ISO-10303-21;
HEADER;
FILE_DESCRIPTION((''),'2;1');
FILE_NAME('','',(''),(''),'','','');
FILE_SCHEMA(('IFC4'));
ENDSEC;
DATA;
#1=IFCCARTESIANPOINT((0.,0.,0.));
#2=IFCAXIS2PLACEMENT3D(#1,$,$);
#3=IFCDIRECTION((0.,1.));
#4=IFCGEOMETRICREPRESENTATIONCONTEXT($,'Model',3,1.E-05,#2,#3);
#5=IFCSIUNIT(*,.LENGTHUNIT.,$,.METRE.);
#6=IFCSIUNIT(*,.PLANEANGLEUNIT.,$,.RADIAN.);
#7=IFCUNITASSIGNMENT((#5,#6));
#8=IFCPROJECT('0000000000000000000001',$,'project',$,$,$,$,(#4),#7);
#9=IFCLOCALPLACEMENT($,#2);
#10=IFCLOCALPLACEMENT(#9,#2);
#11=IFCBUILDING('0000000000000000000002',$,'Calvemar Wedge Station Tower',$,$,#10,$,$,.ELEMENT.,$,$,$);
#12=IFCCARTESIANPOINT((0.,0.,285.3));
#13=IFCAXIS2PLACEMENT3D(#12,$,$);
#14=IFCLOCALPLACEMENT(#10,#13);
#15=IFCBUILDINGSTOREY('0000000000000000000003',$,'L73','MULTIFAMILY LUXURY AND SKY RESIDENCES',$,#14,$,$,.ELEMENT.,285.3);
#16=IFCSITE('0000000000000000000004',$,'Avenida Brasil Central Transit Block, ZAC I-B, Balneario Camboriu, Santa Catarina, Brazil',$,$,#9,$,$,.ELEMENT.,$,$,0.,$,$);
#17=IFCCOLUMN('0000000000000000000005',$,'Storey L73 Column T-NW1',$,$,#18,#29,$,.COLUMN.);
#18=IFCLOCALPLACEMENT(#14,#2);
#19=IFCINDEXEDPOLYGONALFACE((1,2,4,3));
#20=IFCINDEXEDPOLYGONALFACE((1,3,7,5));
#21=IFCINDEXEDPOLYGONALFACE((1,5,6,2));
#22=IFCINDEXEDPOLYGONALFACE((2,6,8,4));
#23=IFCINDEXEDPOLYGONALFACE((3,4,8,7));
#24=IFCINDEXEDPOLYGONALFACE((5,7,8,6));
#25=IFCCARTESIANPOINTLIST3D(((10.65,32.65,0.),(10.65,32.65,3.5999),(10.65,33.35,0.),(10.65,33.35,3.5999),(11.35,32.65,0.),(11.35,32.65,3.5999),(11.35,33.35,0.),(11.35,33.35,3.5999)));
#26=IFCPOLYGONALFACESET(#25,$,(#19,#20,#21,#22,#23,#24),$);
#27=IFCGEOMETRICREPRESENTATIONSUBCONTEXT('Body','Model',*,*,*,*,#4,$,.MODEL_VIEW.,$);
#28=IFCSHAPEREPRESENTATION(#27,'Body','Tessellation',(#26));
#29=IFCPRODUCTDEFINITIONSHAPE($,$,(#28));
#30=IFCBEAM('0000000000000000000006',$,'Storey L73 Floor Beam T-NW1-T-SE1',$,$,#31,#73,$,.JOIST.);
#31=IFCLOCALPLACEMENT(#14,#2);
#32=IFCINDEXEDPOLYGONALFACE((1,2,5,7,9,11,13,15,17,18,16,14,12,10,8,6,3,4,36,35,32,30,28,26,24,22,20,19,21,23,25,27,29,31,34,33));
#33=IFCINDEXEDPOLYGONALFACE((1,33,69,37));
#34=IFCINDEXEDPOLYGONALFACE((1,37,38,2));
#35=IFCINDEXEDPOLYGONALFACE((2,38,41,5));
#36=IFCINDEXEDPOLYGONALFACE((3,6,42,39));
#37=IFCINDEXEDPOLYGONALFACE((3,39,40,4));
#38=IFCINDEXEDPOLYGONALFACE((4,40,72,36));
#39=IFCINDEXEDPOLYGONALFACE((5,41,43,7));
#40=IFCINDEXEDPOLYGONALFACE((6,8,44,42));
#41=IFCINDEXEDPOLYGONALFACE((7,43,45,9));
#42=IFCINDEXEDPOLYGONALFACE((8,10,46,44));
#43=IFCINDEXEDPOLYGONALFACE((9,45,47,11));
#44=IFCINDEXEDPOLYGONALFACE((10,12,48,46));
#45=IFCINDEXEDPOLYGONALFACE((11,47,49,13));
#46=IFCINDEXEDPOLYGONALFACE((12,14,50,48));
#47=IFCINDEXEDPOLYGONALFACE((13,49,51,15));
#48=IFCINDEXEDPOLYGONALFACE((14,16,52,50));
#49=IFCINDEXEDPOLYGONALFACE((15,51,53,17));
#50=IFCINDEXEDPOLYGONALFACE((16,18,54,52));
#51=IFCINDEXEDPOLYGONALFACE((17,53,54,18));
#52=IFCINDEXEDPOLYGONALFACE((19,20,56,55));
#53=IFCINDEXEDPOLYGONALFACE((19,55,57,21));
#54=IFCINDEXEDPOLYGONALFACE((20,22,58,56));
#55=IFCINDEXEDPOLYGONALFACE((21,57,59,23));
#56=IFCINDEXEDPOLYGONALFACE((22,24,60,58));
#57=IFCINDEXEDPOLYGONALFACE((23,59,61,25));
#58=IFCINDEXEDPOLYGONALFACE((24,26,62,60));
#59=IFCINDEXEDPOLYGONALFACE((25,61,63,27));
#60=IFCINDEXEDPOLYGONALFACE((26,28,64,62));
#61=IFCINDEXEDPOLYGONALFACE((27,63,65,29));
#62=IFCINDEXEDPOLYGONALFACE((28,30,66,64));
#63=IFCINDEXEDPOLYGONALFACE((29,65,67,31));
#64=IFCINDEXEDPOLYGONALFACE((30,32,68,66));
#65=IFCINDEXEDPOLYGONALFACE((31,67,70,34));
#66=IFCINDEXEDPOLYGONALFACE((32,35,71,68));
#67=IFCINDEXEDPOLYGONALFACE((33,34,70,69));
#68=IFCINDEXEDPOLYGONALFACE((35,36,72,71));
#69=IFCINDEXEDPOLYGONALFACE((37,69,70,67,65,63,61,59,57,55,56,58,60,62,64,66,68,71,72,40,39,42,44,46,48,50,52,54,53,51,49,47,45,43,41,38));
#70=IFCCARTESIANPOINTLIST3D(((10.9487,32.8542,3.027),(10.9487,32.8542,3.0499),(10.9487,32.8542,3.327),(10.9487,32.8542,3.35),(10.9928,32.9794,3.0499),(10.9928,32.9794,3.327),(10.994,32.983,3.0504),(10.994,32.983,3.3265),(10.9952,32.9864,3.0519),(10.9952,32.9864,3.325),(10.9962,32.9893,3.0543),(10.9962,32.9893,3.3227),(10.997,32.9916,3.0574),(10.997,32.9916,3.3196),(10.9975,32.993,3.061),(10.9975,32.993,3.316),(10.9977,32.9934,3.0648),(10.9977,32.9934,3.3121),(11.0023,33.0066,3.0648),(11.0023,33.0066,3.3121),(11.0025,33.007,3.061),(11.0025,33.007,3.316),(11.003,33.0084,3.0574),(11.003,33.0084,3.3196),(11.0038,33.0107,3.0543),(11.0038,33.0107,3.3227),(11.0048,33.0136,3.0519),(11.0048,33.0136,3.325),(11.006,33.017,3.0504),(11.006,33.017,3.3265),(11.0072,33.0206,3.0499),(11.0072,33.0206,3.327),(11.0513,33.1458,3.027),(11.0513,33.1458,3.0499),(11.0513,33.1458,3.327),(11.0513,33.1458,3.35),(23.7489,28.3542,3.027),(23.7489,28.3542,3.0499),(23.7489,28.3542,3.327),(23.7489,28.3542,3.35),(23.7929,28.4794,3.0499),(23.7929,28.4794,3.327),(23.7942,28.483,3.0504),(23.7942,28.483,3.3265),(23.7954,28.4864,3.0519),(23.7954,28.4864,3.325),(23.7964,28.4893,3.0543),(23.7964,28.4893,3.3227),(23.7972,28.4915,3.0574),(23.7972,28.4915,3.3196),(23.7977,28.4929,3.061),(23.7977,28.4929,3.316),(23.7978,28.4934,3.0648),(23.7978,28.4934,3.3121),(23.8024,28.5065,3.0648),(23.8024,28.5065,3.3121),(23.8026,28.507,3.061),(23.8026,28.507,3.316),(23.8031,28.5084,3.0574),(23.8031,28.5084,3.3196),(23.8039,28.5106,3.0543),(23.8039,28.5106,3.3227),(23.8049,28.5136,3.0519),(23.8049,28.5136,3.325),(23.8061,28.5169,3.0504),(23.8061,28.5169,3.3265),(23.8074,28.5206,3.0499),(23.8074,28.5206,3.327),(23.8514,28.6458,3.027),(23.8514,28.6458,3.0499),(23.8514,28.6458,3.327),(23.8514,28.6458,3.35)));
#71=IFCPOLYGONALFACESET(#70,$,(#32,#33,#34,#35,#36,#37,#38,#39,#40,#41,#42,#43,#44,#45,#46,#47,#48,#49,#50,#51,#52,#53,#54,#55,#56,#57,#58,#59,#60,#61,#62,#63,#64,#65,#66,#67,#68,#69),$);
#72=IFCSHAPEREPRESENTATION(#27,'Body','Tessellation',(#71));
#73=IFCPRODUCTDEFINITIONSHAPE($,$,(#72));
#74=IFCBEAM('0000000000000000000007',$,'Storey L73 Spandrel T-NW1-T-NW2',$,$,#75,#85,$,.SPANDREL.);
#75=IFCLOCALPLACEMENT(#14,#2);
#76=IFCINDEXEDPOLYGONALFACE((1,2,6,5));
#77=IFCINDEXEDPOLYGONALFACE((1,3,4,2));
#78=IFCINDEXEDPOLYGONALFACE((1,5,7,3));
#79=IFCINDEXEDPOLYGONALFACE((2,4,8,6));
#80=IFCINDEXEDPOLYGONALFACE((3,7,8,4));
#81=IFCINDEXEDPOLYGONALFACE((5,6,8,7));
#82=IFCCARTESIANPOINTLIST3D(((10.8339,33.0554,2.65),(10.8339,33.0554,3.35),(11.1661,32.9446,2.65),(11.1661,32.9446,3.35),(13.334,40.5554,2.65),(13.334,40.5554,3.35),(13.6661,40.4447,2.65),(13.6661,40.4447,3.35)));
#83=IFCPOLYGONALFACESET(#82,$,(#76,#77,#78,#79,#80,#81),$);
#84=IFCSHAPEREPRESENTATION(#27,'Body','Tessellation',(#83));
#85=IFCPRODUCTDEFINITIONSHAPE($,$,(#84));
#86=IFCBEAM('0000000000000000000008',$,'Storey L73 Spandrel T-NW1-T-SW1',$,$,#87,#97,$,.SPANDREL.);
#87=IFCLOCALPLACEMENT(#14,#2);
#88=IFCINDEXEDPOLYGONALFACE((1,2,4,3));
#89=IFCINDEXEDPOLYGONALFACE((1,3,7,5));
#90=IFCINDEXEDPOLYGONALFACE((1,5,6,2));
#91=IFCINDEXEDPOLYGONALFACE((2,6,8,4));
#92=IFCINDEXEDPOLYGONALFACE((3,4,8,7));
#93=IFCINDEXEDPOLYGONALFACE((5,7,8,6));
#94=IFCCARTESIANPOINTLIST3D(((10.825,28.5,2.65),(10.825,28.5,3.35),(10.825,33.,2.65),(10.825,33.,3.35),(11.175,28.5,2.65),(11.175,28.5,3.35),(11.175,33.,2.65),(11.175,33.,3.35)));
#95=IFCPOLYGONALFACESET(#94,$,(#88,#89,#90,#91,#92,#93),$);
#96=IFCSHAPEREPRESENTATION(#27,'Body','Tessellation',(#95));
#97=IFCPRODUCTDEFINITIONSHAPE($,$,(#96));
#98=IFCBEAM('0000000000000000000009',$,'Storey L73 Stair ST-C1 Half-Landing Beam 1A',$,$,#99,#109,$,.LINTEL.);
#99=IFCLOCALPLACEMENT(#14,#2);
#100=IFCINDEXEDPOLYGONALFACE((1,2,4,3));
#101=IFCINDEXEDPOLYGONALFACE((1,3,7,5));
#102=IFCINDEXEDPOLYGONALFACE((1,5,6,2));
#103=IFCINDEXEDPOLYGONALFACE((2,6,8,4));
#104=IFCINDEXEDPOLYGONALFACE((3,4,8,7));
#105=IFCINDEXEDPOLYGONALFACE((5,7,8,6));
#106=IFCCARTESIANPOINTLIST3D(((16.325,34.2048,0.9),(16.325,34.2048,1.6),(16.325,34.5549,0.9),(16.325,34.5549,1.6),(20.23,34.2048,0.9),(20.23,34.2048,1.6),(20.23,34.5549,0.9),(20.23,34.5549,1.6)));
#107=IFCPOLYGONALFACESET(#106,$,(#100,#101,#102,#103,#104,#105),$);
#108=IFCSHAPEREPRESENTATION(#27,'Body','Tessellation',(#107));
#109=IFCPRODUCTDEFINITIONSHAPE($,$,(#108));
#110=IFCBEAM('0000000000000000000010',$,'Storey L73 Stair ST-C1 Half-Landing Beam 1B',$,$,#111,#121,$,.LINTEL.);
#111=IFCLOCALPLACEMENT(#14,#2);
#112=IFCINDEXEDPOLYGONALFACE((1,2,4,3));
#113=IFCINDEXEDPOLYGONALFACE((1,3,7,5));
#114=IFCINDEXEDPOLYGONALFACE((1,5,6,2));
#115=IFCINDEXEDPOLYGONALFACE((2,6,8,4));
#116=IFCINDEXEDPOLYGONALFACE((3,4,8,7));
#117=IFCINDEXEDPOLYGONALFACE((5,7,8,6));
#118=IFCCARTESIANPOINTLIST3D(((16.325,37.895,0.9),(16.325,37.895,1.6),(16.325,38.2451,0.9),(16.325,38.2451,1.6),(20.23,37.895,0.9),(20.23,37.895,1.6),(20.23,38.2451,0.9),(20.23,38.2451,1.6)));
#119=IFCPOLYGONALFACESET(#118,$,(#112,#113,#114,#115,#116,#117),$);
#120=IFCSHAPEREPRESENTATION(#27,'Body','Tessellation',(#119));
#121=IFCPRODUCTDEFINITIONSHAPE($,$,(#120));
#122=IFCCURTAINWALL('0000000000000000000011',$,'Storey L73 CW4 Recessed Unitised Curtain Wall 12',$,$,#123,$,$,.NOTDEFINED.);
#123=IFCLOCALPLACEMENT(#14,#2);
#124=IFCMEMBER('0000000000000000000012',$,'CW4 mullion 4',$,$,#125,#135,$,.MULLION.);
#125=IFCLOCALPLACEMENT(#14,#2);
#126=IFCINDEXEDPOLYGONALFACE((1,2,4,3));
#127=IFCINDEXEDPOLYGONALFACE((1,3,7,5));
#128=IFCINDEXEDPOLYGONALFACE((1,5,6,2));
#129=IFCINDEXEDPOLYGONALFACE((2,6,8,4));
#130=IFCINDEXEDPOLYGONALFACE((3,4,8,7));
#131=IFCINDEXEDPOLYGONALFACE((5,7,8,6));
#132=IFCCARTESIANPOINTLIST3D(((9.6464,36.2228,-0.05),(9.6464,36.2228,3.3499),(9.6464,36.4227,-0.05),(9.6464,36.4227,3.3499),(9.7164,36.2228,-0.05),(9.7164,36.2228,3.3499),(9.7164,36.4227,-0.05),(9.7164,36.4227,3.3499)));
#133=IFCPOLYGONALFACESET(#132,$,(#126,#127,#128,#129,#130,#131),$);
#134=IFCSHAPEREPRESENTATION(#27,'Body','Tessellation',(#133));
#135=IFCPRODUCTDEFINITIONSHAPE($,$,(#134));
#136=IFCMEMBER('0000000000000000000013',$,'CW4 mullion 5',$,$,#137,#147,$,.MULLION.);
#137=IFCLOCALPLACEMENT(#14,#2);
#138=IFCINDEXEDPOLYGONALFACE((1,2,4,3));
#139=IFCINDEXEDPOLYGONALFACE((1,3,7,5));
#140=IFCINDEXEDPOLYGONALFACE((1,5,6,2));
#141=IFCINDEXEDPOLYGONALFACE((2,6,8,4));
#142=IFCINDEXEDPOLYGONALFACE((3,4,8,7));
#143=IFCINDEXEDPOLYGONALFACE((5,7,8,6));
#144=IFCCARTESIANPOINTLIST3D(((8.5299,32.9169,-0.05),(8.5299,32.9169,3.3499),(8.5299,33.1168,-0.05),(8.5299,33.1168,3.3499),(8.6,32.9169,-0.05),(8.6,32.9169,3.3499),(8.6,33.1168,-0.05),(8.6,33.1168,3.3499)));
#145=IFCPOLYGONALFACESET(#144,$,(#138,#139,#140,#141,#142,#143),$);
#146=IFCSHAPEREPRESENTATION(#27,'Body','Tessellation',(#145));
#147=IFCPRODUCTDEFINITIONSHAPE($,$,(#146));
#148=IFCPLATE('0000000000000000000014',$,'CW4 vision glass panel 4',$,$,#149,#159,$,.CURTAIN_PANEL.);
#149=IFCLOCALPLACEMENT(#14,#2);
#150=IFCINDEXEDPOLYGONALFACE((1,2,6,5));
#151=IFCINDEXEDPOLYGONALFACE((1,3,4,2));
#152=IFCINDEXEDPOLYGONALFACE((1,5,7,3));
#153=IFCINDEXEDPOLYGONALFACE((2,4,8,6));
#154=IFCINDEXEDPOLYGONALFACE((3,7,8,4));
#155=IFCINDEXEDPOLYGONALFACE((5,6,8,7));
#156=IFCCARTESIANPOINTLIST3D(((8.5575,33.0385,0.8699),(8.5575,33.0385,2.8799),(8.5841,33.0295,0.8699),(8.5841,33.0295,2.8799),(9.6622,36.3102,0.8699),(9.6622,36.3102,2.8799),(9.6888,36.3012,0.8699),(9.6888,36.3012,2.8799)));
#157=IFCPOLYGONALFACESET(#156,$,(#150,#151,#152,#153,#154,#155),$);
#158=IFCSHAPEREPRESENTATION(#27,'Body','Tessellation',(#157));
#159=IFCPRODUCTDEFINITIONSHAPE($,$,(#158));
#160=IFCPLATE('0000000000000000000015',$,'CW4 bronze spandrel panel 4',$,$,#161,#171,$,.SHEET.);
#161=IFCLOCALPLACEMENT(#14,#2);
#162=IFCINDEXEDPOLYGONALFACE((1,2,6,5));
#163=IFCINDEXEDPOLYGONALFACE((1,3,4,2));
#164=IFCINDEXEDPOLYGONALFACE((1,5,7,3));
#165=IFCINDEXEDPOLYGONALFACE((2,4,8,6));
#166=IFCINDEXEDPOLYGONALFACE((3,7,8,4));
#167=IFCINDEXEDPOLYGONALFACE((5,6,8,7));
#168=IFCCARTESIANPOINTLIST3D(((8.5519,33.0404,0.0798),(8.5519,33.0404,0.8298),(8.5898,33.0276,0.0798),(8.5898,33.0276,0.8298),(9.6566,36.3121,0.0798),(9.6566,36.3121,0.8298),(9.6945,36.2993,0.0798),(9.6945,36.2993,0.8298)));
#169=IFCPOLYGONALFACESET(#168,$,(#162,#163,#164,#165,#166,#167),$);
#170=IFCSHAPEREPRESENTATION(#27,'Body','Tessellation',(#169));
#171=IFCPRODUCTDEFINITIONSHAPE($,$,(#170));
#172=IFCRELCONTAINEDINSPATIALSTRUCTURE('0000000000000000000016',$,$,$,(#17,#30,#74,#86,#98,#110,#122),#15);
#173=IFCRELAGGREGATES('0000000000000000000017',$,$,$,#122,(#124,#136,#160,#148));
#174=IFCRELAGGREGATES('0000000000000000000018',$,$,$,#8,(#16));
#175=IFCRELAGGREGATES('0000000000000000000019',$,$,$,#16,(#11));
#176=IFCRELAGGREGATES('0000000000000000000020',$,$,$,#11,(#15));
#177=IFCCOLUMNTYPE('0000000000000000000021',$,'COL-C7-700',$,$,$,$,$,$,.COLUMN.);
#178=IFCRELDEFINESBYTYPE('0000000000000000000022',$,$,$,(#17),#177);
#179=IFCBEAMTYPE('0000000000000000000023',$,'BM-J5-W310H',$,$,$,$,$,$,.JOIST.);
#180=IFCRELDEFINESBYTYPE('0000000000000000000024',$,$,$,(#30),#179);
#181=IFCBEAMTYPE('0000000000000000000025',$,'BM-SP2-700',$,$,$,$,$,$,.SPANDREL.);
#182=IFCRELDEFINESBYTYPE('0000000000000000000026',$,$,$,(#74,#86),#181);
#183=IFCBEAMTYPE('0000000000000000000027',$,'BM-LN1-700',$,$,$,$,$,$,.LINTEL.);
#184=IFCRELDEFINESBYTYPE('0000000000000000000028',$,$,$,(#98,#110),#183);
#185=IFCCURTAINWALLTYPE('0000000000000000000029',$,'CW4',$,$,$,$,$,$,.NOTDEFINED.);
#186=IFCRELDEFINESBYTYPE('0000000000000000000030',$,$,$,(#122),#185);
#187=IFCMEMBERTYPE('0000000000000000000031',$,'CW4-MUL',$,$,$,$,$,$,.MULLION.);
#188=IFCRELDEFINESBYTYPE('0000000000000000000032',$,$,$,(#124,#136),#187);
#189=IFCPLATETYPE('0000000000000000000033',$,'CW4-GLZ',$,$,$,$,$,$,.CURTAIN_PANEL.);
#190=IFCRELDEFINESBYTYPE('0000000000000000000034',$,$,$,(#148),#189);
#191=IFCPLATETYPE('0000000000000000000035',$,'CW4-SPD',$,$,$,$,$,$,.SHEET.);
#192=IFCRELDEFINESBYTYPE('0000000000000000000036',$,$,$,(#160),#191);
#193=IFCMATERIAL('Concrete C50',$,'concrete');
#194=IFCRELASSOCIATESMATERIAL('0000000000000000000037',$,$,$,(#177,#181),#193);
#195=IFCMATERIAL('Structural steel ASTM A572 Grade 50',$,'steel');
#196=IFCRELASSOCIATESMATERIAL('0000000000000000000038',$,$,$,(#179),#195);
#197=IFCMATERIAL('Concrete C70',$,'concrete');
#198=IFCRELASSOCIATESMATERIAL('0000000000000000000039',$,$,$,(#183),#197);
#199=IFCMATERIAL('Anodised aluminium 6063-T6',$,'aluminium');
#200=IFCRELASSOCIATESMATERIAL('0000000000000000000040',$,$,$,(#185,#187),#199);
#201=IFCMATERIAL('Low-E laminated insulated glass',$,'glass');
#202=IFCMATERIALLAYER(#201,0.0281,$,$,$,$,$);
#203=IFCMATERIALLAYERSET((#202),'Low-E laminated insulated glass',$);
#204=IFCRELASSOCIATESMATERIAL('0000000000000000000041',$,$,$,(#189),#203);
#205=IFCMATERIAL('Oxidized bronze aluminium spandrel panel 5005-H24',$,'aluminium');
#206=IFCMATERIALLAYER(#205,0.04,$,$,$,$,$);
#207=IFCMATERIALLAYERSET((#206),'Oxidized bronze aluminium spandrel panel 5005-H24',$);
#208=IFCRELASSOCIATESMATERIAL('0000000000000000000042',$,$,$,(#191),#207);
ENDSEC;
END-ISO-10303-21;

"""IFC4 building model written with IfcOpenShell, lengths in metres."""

from ifc_helpers import new_model, si_unit, direction, frame, frame_2d, origin, origin_2d, place, context, subcontext, project, spatial, rectangle, i_section, extrude, source, transform, mapped, material, layer, layer_set, material_profile, profile_set, type_object, element, aggregate, save


model = new_model("IFC4")

# Units and contexts
model_context = context("Model", 3, precision=1e-05, world=origin(), true_north=direction((0.0, 1.0)))
body_context = subcontext(model_context, "Body", "Model", "MODEL_VIEW")
ifc_project = project(units=[si_unit("LENGTHUNIT", "METRE"), si_unit("PLANEANGLEUNIT", "RADIAN")], contexts=[model_context])

# Site, building, storey
site_placement = place(None, origin())
site = spatial("IfcSite", under=ifc_project, at=site_placement, Name="Avenida Brasil Central Transit Block, ZAC I-B, Balneario Camboriu, Santa Catarina, Brazil", CompositionType="ELEMENT", RefElevation=0.0)
building_placement = place(site_placement, origin())
building = spatial("IfcBuilding", under=site, at=building_placement, Name="Calvemar Wedge Station Tower", CompositionType="ELEMENT")
storey_placement = place(building_placement, frame((0.0, 0.0, 285.3)))
storey = spatial("IfcBuildingStorey", under=building, at=storey_placement, Name="L73", Description="MULTIFAMILY LUXURY AND SKY RESIDENCES", CompositionType="ELEMENT", Elevation=285.3)

# Column
ifc_material_1 = material(Name="Concrete C50", Category="concrete")
ifc_material_profile_1 = material_profile(ifc_material_1, rectangle(XDim=0.7, YDim=0.7, at=origin_2d()), Name="RC700x700")
ifc_profile_set_1 = profile_set([ifc_material_profile_1], Name="Concrete C50")
column_type = type_object("IfcColumnType", Name="COL-C7-700", PredefinedType="COLUMN", material=ifc_profile_set_1)
shared_shape_1 = source(origin(), body_context, "Body", "SweptSolid", [
    extrude(rectangle(XDim=0.7, YDim=0.7, at=origin_2d()), origin(), (0.0, 0.0, 1.0), 3.5999),
])
column_placement = place(storey_placement, frame((11.0, 33.0, 0.0), z_axis=(0.0, 0.0, 1.0), x_axis=(1.0, 0.0, 0.0)))
element("IfcColumn", 1, at=column_placement, inside=storey, type_object=column_type, Name="Storey L73 Column T-NW1", PredefinedType="COLUMN", context=body_context, shape_type="MappedRepresentation", body=[
    mapped(shared_shape_1, transform((0.0, 0.0, 0.0), scale=1.0)),
])

# Beams
ifc_material_2 = material(Name="Structural steel ASTM A572 Grade 50", Category="steel")
ifc_material_profile_2 = material_profile(ifc_material_2, i_section(OverallWidth=0.3091, OverallDepth=0.323, WebThickness=0.0139, FlangeThickness=0.0229, FilletRadius=0.0149, at=origin_2d()), Name="W310x143")
ifc_profile_set_2 = profile_set([ifc_material_profile_2], Name="Structural steel ASTM A572 Grade 50")
beam_type_1 = type_object("IfcBeamType", Name="BM-J5-W310H", PredefinedType="JOIST", material=ifc_profile_set_2)
shared_shape_2 = source(origin(), body_context, "Body", "SweptSolid", [
    extrude(i_section(OverallWidth=0.3091, OverallDepth=0.323, WebThickness=0.0139, FlangeThickness=0.0229, FilletRadius=0.0149, at=origin_2d()), origin(), (0.0, 0.0, 1.0), 13.5681),
])
beam_1_placement = place(storey_placement, frame((11.0, 33.0, 3.1885), z_axis=(0.943398, -0.331662, 0.0), x_axis=(0.331662, 0.943398, 0.0)))
element("IfcBeam", 2, at=beam_1_placement, inside=storey, type_object=beam_type_1, Name="Storey L73 Floor Beam T-NW1-T-SE1", PredefinedType="JOIST", context=body_context, shape_type="MappedRepresentation", body=[
    mapped(shared_shape_2, transform((0.0, 0.0, 0.0), scale=1.0)),
])
ifc_material_profile_3 = material_profile(ifc_material_1, rectangle(XDim=0.3501, YDim=0.7, at=origin_2d()), Name="RC350x700")
ifc_profile_set_3 = profile_set([ifc_material_profile_3], Name="Concrete C50")
beam_type_2 = type_object("IfcBeamType", Name="BM-SP2-700", PredefinedType="SPANDREL", material=ifc_profile_set_3)
shared_shape_3 = source(origin(), body_context, "Body", "SweptSolid", [
    extrude(rectangle(XDim=0.3501, YDim=0.7, at=origin_2d()), origin(), (0.0, 0.0, 1.0), 7.9058),
])
beam_2_placement = place(storey_placement, frame((11.0, 33.0, 3.0), z_axis=(0.316228, 0.948683, 0.0), x_axis=(-0.948683, 0.316228, 0.0)))
element("IfcBeam", 3, at=beam_2_placement, inside=storey, type_object=beam_type_2, Name="Storey L73 Spandrel T-NW1-T-NW2", PredefinedType="SPANDREL", context=body_context, shape_type="MappedRepresentation", body=[
    mapped(shared_shape_3, transform((0.0, 0.0, 0.0), scale=1.0)),
])
shared_shape_4 = source(origin(), body_context, "Body", "SweptSolid", [
    extrude(rectangle(XDim=0.3501, YDim=0.7, at=origin_2d()), origin(), (0.0, 0.0, 1.0), 4.5),
])
beam_3_placement = place(storey_placement, frame((11.0, 33.0, 3.0), z_axis=(0.0, -1.0, 0.0), x_axis=(1.0, 0.0, 0.0)))
element("IfcBeam", 4, at=beam_3_placement, inside=storey, type_object=beam_type_2, Name="Storey L73 Spandrel T-NW1-T-SW1", PredefinedType="SPANDREL", context=body_context, shape_type="MappedRepresentation", body=[
    mapped(shared_shape_4, transform((0.0, 0.0, 0.0), scale=1.0)),
])
ifc_material_3 = material(Name="Concrete C70", Category="concrete")
ifc_material_profile_4 = material_profile(ifc_material_3, rectangle(XDim=0.3501, YDim=0.7, at=origin_2d()), Name="RC350x700")
ifc_profile_set_4 = profile_set([ifc_material_profile_4], Name="Concrete C70")
beam_type_3 = type_object("IfcBeamType", Name="BM-LN1-700", PredefinedType="LINTEL", material=ifc_profile_set_4)
shared_shape_5 = source(origin(), body_context, "Body", "SweptSolid", [
    extrude(rectangle(XDim=0.3501, YDim=0.7, at=origin_2d()), origin(), (0.0, 0.0, 1.0), 3.905),
])
for number, where, z_axis, x_axis, name in (
    (5, (16.325, 34.3799, 1.25), (1.0, 0.0, 0.0), (0.0, 1.0, 0.0), "Storey L73 Stair ST-C1 Half-Landing Beam 1A"),
    (6, (16.325, 38.0701, 1.25), (1.0, 0.0, 0.0), (0.0, 1.0, 0.0), "Storey L73 Stair ST-C1 Half-Landing Beam 1B"),
):
    element("IfcBeam", number, at=place(storey_placement, frame(where, z_axis=z_axis, x_axis=x_axis)), inside=storey, type_object=beam_type_3, Name=name, PredefinedType="LINTEL", context=body_context, shape_type="MappedRepresentation", body=[
        mapped(shared_shape_5, transform((0.0, 0.0, 0.0), scale=1.0)),
    ])

# Curtain wall, members, plates
ifc_material_4 = material(Name="Anodised aluminium 6063-T6", Category="aluminium")
curtain_wall_type = type_object("IfcCurtainWallType", Name="CW4", PredefinedType="NOTDEFINED", material=ifc_material_4)
curtain_wall_placement = place(storey_placement, origin())
curtain_wall = element("IfcCurtainWall", 7, at=curtain_wall_placement, inside=storey, type_object=curtain_wall_type, Name="Storey L73 CW4 Recessed Unitised Curtain Wall 12", PredefinedType="NOTDEFINED")
ifc_material_profile_5 = material_profile(ifc_material_4, rectangle(XDim=0.0701, YDim=0.2, at=origin_2d()), Name="AL-MUL-70x200")
ifc_profile_set_5 = profile_set([ifc_material_profile_5], Name="Anodised aluminium 6063-T6")
member_type = type_object("IfcMemberType", Name="CW4-MUL", PredefinedType="MULLION", material=ifc_profile_set_5)
shared_shape_6 = source(origin(), body_context, "Body", "SweptSolid", [
    extrude(rectangle(XDim=0.0701, YDim=0.2, at=origin_2d()), origin(), (0.0, 0.0, 1.0), 3.3999),
])
member_1_placement = place(storey_placement, frame((9.6814, 36.3228, -0.05), z_axis=(0.0, 0.0, 1.0), x_axis=(1.0, 0.0, 0.0)))
member_1 = element("IfcMember", 8, at=member_1_placement, type_object=member_type, Name="CW4 mullion 4", PredefinedType="MULLION", context=body_context, shape_type="MappedRepresentation", body=[
    mapped(shared_shape_6, transform((0.0, 0.0, 0.0), scale=1.0)),
])
member_2_placement = place(storey_placement, frame((8.5649, 33.0168, -0.05), z_axis=(0.0, 0.0, 1.0), x_axis=(1.0, 0.0, 0.0)))
member_2 = element("IfcMember", 9, at=member_2_placement, type_object=member_type, Name="CW4 mullion 5", PredefinedType="MULLION", context=body_context, shape_type="MappedRepresentation", body=[
    mapped(shared_shape_6, transform((0.0, 0.0, 0.0), scale=1.0)),
])
ifc_material_5 = material(Name="Low-E laminated insulated glass", Category="glass")
ifc_layer_1 = layer(ifc_material_5, 0.0281)
ifc_layer_set_1 = layer_set([ifc_layer_1], Name="Low-E laminated insulated glass")
plate_type_1 = type_object("IfcPlateType", Name="CW4-GLZ", PredefinedType="CURTAIN_PANEL", material=ifc_layer_set_1)
plate_1_placement = place(storey_placement, frame((9.6755, 36.3057, 0.8699), z_axis=(0.0, 0.0, 1.0), x_axis=(-0.319916, -0.947446, 0.0)))
plate_1 = element("IfcPlate", 10, at=plate_1_placement, type_object=plate_type_1, Name="CW4 vision glass panel 4", PredefinedType="CURTAIN_PANEL", context=body_context, shape_type="SweptSolid", body=[
    extrude(rectangle(XDim=3.4531, YDim=0.0281, at=frame_2d((1.7266, 0.0))), origin(), (0.0, 0.0, 1.0), 2.01),
])
ifc_material_6 = material(Name="Oxidized bronze aluminium spandrel panel 5005-H24", Category="aluminium")
ifc_layer_2 = layer(ifc_material_6, 0.04)
ifc_layer_set_2 = layer_set([ifc_layer_2], Name="Oxidized bronze aluminium spandrel panel 5005-H24")
plate_type_2 = type_object("IfcPlateType", Name="CW4-SPD", PredefinedType="SHEET", material=ifc_layer_set_2)
plate_2_placement = place(storey_placement, frame((9.6755, 36.3057, 0.0798), z_axis=(0.0, 0.0, 1.0), x_axis=(-0.319916, -0.947446, 0.0)))
plate_2 = element("IfcPlate", 11, at=plate_2_placement, type_object=plate_type_2, Name="CW4 bronze spandrel panel 4", PredefinedType="SHEET", context=body_context, shape_type="SweptSolid", body=[
    extrude(rectangle(XDim=3.4531, YDim=0.04, at=frame_2d((1.7266, 0.0))), origin(), (0.0, 0.0, 1.0), 0.75),
])
aggregate(curtain_wall, [member_1, member_2, plate_2, plate_1])

save(model, "model.ifc")
